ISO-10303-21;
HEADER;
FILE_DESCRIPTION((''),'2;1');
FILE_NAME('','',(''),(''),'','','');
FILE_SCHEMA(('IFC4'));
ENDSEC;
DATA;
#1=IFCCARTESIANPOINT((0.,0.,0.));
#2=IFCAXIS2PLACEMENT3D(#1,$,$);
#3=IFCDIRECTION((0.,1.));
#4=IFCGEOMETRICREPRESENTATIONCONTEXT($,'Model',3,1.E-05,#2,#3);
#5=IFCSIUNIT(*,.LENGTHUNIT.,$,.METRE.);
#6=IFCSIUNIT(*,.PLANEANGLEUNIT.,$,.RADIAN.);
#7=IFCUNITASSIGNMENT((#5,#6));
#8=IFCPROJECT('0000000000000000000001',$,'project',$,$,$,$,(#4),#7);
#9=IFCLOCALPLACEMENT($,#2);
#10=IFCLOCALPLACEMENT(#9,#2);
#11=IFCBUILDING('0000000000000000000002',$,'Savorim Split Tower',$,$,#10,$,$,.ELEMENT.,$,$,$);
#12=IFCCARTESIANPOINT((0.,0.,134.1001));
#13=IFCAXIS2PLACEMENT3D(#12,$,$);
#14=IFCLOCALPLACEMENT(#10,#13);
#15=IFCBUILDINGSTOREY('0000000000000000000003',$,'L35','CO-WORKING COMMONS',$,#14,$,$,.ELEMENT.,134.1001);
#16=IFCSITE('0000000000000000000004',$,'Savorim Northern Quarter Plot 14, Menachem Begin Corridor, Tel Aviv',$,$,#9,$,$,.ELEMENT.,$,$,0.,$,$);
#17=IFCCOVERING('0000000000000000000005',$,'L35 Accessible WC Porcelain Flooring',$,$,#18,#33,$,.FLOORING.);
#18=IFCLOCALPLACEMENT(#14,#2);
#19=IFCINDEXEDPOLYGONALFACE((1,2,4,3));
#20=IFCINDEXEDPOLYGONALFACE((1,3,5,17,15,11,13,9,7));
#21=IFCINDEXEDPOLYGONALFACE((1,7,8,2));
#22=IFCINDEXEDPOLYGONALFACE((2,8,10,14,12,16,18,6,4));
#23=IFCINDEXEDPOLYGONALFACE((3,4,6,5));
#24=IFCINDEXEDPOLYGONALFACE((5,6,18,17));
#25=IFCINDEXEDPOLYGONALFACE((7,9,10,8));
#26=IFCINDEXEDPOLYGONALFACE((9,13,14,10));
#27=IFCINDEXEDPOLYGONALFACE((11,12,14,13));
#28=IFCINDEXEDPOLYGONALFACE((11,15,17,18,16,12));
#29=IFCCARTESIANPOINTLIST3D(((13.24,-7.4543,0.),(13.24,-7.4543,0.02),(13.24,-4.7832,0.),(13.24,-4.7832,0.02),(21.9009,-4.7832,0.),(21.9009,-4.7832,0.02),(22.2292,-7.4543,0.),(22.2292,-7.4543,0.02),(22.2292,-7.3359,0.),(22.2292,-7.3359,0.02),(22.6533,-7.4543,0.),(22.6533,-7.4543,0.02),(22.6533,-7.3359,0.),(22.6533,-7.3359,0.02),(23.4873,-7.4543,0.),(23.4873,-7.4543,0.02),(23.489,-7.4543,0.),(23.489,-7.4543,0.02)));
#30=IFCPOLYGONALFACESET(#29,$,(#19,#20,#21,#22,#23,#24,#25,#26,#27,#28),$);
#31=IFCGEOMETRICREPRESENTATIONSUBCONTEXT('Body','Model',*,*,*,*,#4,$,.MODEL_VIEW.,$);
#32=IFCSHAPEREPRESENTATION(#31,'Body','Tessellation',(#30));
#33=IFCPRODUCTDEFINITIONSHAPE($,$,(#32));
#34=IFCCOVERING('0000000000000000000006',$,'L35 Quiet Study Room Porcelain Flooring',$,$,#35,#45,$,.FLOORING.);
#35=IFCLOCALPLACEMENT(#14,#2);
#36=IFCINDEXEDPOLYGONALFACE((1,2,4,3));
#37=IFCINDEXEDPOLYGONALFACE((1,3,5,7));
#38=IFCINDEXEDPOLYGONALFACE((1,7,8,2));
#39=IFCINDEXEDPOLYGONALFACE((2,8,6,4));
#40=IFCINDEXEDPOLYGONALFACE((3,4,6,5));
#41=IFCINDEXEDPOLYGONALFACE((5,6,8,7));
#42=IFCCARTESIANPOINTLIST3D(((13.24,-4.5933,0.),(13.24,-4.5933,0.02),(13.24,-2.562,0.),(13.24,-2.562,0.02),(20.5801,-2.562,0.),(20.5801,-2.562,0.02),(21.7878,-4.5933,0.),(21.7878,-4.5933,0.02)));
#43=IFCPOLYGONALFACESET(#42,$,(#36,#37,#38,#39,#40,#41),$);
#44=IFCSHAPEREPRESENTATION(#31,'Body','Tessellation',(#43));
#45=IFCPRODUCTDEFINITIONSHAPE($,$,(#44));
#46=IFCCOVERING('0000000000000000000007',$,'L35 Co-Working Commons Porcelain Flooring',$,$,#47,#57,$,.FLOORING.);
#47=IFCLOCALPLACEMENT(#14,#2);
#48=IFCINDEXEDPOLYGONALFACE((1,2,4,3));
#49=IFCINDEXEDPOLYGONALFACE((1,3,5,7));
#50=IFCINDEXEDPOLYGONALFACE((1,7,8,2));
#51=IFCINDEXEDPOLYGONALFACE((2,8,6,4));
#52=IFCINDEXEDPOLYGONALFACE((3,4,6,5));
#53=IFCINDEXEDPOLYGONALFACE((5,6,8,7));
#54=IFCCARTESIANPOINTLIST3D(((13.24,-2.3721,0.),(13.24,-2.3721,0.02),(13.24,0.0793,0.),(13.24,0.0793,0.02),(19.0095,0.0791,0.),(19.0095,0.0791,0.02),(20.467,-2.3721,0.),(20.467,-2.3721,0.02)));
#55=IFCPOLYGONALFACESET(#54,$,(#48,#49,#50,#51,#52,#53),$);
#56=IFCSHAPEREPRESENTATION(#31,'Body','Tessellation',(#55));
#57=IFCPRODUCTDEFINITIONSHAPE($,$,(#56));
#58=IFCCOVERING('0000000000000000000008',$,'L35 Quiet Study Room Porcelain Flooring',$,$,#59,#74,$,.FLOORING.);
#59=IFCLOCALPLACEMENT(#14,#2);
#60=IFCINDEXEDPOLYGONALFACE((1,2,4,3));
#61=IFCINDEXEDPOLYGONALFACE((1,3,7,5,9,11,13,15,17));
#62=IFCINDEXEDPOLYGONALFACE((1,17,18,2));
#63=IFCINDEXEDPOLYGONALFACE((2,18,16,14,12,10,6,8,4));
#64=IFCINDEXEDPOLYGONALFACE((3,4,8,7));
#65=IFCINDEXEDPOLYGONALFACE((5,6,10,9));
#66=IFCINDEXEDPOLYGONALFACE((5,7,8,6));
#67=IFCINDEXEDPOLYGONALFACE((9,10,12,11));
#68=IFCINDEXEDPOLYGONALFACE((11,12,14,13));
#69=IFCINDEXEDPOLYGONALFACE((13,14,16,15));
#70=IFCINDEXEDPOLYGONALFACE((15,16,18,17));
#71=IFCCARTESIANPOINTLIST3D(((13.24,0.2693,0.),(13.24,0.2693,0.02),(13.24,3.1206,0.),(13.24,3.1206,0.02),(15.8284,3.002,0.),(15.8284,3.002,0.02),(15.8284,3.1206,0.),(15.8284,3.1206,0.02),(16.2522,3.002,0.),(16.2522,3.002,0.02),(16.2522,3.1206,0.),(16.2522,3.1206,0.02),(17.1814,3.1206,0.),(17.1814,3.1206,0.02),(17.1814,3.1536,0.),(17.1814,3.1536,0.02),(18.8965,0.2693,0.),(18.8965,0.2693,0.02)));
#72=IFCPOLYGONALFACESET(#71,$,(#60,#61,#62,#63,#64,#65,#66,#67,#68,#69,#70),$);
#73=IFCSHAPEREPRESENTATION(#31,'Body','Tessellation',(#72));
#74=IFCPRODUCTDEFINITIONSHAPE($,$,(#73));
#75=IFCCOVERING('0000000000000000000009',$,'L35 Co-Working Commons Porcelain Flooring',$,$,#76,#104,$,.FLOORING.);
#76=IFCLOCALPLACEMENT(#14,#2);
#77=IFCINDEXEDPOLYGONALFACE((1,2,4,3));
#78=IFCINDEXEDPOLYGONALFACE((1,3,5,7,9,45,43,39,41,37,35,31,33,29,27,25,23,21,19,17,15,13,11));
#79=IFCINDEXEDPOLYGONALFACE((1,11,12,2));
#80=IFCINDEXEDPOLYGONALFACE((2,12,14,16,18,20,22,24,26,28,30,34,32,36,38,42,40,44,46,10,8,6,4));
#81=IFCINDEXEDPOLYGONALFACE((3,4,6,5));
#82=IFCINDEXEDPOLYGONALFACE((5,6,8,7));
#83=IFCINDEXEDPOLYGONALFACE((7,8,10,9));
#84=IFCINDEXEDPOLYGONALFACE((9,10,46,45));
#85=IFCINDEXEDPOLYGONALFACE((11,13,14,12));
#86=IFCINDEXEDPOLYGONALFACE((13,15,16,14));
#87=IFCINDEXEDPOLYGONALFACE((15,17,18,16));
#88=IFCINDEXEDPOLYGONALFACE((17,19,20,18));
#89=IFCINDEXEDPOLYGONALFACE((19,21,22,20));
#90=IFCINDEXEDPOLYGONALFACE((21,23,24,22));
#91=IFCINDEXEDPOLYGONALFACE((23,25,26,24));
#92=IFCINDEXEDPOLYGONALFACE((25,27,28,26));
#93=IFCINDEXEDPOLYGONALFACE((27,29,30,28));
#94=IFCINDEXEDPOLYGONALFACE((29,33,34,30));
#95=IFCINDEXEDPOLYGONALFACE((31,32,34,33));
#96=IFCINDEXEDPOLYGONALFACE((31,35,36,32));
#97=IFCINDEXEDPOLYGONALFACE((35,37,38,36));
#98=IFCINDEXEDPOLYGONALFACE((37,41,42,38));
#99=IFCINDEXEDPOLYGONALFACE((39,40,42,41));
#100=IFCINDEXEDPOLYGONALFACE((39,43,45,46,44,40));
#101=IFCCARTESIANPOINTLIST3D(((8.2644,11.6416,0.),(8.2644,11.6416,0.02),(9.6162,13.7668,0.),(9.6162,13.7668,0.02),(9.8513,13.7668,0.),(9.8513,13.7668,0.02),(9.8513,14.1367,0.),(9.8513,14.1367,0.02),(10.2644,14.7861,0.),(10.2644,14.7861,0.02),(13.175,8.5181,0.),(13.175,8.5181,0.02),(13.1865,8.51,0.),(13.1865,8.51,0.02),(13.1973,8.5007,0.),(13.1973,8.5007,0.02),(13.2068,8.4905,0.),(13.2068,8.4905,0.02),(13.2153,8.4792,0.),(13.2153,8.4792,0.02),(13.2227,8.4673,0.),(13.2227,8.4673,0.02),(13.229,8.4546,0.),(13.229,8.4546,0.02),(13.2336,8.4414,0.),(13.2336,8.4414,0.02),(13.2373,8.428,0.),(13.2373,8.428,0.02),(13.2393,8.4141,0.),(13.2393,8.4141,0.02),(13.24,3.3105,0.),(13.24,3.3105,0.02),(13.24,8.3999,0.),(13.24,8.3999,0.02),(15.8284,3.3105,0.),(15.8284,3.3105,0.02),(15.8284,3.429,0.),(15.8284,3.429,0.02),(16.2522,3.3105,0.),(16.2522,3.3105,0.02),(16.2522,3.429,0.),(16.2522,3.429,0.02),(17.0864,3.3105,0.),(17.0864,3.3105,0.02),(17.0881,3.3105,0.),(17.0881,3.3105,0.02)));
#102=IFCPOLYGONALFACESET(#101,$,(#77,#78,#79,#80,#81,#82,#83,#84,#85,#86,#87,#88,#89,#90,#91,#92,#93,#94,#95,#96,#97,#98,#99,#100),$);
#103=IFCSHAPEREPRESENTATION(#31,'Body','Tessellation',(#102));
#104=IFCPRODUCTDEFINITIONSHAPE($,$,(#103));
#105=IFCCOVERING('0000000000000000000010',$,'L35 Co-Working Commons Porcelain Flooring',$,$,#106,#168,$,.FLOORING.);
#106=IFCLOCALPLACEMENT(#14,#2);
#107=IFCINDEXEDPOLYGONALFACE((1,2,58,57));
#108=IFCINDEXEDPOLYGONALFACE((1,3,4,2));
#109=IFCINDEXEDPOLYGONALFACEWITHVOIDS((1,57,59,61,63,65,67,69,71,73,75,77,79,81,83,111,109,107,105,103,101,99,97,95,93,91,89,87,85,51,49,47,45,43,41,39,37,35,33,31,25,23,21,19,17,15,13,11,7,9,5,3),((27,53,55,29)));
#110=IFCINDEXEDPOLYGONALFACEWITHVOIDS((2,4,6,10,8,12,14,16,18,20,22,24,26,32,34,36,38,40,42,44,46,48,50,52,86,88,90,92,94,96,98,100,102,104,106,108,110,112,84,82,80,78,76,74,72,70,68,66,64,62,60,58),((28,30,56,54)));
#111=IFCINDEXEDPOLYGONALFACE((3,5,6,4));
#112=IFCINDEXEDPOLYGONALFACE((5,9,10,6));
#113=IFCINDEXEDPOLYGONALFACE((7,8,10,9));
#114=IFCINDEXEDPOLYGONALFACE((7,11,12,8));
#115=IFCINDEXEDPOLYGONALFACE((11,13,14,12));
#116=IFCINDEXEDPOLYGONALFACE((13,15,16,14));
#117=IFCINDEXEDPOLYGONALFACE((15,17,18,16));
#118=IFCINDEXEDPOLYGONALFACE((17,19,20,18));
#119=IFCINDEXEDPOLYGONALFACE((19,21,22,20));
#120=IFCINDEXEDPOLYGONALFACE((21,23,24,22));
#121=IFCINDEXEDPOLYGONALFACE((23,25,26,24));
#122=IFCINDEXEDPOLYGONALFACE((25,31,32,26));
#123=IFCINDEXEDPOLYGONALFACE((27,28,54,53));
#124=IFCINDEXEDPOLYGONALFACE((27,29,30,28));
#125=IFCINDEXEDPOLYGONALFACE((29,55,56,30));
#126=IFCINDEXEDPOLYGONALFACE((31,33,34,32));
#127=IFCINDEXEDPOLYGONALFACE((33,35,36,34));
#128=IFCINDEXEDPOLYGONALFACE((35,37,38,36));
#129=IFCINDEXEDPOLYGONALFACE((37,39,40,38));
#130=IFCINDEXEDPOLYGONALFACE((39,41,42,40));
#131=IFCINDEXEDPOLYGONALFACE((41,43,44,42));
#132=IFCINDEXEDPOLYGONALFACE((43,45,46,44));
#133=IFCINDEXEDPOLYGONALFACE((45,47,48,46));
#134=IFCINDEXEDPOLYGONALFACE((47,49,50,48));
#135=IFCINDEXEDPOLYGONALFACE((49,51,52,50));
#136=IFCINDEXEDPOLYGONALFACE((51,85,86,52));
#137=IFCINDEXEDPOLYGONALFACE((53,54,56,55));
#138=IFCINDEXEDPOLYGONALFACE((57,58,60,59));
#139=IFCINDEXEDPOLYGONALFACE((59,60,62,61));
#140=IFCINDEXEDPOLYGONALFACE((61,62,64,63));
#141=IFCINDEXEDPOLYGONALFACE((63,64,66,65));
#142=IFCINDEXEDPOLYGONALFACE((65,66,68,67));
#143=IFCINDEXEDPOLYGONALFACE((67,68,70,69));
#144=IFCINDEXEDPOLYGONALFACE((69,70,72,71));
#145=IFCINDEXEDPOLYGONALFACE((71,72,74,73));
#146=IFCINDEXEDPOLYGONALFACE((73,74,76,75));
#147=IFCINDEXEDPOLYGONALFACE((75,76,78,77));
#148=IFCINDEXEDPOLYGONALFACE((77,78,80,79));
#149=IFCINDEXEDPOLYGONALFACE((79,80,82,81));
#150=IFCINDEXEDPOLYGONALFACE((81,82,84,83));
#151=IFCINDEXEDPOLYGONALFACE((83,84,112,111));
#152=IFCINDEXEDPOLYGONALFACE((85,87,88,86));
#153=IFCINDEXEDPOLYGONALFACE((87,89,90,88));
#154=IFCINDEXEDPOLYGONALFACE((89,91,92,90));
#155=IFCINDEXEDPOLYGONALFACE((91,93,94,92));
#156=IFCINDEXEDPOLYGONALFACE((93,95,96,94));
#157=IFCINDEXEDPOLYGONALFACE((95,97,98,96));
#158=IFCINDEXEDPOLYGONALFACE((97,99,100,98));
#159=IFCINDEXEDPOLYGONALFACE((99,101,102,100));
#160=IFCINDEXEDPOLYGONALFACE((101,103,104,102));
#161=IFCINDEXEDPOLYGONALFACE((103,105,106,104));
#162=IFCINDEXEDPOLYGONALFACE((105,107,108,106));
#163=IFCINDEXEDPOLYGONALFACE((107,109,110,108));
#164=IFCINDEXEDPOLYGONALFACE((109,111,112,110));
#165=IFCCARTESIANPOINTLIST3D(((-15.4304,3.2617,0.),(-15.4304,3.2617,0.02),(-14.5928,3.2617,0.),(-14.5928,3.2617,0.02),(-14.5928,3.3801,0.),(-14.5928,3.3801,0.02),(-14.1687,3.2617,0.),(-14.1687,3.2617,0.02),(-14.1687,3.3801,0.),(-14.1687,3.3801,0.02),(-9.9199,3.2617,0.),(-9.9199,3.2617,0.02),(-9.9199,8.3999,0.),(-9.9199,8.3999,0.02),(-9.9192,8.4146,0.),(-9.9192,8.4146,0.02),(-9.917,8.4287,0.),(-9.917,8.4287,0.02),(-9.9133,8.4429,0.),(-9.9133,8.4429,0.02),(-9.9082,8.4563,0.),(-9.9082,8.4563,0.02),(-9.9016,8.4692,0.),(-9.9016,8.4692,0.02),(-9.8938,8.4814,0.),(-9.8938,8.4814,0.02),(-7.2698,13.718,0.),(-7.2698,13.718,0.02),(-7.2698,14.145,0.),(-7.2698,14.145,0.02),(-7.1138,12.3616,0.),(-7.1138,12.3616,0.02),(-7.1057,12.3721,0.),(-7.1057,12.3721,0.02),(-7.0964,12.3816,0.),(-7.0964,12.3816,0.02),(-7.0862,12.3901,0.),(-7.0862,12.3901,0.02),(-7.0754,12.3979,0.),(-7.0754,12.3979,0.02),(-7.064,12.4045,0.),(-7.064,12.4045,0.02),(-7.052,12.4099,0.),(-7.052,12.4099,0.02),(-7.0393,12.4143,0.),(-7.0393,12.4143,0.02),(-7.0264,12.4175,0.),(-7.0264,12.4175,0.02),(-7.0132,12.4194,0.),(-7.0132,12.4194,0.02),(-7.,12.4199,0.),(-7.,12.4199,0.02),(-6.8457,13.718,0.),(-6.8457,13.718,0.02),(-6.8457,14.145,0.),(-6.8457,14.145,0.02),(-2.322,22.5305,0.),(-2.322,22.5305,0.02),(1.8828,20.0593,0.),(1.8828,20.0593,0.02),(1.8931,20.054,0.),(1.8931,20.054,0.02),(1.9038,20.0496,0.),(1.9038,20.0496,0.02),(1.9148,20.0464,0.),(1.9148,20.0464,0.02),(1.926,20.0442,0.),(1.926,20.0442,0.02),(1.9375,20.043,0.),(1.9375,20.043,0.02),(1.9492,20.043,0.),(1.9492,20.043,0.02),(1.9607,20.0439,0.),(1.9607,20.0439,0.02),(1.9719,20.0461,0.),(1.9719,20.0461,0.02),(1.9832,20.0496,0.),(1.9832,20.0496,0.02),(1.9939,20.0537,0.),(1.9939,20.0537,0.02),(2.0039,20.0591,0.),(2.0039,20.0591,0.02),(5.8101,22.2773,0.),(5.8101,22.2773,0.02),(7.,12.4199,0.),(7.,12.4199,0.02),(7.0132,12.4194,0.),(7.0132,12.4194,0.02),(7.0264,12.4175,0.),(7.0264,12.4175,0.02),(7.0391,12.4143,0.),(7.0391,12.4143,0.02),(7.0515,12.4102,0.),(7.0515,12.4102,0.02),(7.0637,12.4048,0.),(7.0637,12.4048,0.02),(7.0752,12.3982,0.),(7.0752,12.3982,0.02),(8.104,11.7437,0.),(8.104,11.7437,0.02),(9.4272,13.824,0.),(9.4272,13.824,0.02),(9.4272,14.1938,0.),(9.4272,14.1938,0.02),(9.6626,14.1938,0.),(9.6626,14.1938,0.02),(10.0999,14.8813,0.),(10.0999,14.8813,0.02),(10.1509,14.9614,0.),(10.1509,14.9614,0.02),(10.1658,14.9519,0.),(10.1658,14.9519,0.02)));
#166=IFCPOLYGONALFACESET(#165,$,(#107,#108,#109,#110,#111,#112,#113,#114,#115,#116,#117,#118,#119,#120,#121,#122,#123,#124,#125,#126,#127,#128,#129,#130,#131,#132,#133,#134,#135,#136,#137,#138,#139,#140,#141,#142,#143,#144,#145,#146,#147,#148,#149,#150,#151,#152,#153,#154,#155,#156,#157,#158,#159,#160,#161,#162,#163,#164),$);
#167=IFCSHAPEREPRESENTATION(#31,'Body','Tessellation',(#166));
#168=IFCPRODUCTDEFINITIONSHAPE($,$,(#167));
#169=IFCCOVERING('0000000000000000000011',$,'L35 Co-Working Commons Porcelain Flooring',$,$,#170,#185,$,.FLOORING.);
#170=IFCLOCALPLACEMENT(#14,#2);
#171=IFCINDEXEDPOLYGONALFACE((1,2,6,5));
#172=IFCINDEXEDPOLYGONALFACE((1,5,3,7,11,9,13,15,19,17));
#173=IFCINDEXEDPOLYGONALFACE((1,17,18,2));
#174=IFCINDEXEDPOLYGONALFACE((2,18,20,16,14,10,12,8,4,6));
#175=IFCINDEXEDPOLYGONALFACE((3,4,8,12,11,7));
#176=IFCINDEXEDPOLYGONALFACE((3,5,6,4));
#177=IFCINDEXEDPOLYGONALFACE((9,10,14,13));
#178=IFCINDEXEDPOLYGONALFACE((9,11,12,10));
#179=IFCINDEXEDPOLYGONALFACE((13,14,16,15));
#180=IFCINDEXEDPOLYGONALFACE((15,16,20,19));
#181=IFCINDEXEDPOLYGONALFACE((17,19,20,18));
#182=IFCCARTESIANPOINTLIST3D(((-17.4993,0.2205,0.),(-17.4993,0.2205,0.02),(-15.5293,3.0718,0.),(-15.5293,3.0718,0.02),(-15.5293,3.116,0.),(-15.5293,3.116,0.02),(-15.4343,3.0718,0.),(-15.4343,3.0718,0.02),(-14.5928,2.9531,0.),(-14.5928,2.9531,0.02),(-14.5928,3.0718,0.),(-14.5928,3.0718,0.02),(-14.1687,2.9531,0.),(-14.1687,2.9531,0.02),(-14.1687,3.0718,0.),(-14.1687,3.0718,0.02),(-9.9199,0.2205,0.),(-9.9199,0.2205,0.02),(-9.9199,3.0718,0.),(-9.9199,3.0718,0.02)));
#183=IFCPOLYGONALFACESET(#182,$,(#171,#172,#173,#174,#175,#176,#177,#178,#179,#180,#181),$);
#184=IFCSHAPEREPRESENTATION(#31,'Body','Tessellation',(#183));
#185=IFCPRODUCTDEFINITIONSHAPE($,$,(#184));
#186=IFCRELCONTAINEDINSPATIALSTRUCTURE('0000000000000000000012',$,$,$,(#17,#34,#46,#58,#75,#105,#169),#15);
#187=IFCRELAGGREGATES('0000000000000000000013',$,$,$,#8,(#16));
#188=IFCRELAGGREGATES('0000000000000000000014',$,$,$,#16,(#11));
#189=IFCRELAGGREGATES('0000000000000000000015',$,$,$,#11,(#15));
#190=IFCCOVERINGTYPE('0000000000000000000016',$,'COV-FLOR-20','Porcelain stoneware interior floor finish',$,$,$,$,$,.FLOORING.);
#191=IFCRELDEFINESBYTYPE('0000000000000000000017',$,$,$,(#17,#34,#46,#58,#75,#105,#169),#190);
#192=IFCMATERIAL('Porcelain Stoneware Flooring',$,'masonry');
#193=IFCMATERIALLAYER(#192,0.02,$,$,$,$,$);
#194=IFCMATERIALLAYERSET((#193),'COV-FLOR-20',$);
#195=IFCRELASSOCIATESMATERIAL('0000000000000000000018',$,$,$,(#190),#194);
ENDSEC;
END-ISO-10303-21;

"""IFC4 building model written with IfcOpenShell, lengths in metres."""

from ifc_helpers import new_model, si_unit, direction, frame, origin, place, context, subcontext, project, spatial, polyline, outline, extrude, material, layer, layer_set, type_object, element, save


model = new_model("IFC4")

# Units and contexts
model_context = context("Model", 3, precision=1e-05, world=origin(), true_north=direction((0.0, 1.0)))
body_context = subcontext(model_context, "Body", "Model", "MODEL_VIEW")
ifc_project = project(units=[si_unit("LENGTHUNIT", "METRE"), si_unit("PLANEANGLEUNIT", "RADIAN")], contexts=[model_context])

# Site, building, storey
site_placement = place(None, origin())
site = spatial("IfcSite", under=ifc_project, at=site_placement, Name="Savorim Northern Quarter Plot 14, Menachem Begin Corridor, Tel Aviv", CompositionType="ELEMENT", RefElevation=0.0)
building_placement = place(site_placement, origin())
building = spatial("IfcBuilding", under=site, at=building_placement, Name="Savorim Split Tower", CompositionType="ELEMENT")
storey_placement = place(building_placement, frame((0.0, 0.0, 134.1001)))
storey = spatial("IfcBuildingStorey", under=building, at=storey_placement, Name="L35", Description="CO-WORKING COMMONS", CompositionType="ELEMENT", Elevation=134.1001)

# Coverings
ifc_material_1 = material(Name="Porcelain Stoneware Flooring", Category="masonry")
ifc_layer_1 = layer(ifc_material_1, 0.02)
ifc_layer_set_1 = layer_set([ifc_layer_1], Name="COV-FLOR-20")
covering_type_1 = type_object("IfcCoveringType", Name="COV-FLOR-20", Description="Porcelain stoneware interior floor finish", PredefinedType="FLOORING", material=ifc_layer_set_1)
covering_1_placement = place(storey_placement, origin())
element("IfcCovering", 1, at=covering_1_placement, inside=storey, type_object=covering_type_1, Name="L35 Accessible WC Porcelain Flooring", PredefinedType="FLOORING", context=body_context, shape_type="SweptSolid", body=[
    extrude(outline(polyline([(22.6533, -7.3359), (22.6533, -7.4543), (23.4873, -7.4543), (23.489, -7.4543), (21.9009, -4.7832), (13.24, -4.7832), (13.24, -7.4543), (22.2292, -7.4543), (22.2292, -7.3359), (22.6533, -7.3359)])), origin(), (0.0, 0.0, 1.0), 0.02),
])
covering_2_placement = place(storey_placement, origin())
element("IfcCovering", 2, at=covering_2_placement, inside=storey, type_object=covering_type_1, Name="L35 Quiet Study Room Porcelain Flooring", PredefinedType="FLOORING", context=body_context, shape_type="SweptSolid", body=[
    extrude(outline(polyline([(21.7878, -4.5933), (20.5801, -2.562), (13.24, -2.562), (13.24, -4.5933), (21.7878, -4.5933)])), origin(), (0.0, 0.0, 1.0), 0.02),
])
covering_3_placement = place(storey_placement, origin())
element("IfcCovering", 3, at=covering_3_placement, inside=storey, type_object=covering_type_1, Name="L35 Co-Working Commons Porcelain Flooring", PredefinedType="FLOORING", context=body_context, shape_type="SweptSolid", body=[
    extrude(outline(polyline([(20.467, -2.3721), (19.0095, 0.0791), (13.24, 0.0793), (13.24, -2.3721), (20.467, -2.3721)])), origin(), (0.0, 0.0, 1.0), 0.02),
])
covering_4_placement = place(storey_placement, origin())
element("IfcCovering", 4, at=covering_4_placement, inside=storey, type_object=covering_type_1, Name="L35 Quiet Study Room Porcelain Flooring", PredefinedType="FLOORING", context=body_context, shape_type="SweptSolid", body=[
    extrude(outline(polyline([(15.8284, 3.002), (15.8284, 3.1206), (13.24, 3.1206), (13.24, 0.2693), (18.8965, 0.2693), (17.1814, 3.1536), (17.1814, 3.1206), (16.2522, 3.1206), (16.2522, 3.002), (15.8284, 3.002)])), origin(), (0.0, 0.0, 1.0), 0.02),
])
covering_5_placement = place(storey_placement, origin())
element("IfcCovering", 5, at=covering_5_placement, inside=storey, type_object=covering_type_1, Name="L35 Co-Working Commons Porcelain Flooring", PredefinedType="FLOORING", context=body_context, shape_type="SweptSolid", body=[
    extrude(outline(polyline([(16.2522, 3.429), (16.2522, 3.3105), (17.0864, 3.3105), (17.0881, 3.3105), (10.2644, 14.7861), (9.8513, 14.1367), (9.8513, 13.7668), (9.6162, 13.7668), (8.2644, 11.6416), (8.2644, 11.6416), (13.175, 8.5181), (13.1865, 8.51), (13.1973, 8.5007), (13.2068, 8.4905), (13.2153, 8.4792), (13.2227, 8.4673), (13.229, 8.4546), (13.2336, 8.4414), (13.2373, 8.428), (13.2393, 8.4141), (13.24, 8.3999), (13.24, 3.3105), (15.8284, 3.3105), (15.8284, 3.429), (16.2522, 3.429)])), origin(), (0.0, 0.0, 1.0), 0.02),
])
covering_6_placement = place(storey_placement, origin())
element("IfcCovering", 6, at=covering_6_placement, inside=storey, type_object=covering_type_1, Name="L35 Co-Working Commons Porcelain Flooring", PredefinedType="FLOORING", context=body_context, shape_type="SweptSolid", body=[
    extrude(outline(polyline([(1.9038, 20.0496), (1.8931, 20.054), (1.8828, 20.0593), (-2.322, 22.5305), (-15.4304, 3.2617), (-14.5928, 3.2617), (-14.5928, 3.3801), (-14.1687, 3.3801), (-14.1687, 3.2617), (-9.9199, 3.2617), (-9.9199, 8.3999), (-9.9192, 8.4146), (-9.917, 8.4287), (-9.9133, 8.4429), (-9.9082, 8.4563), (-9.9016, 8.4692), (-9.8938, 8.4814), (-7.1138, 12.3616), (-7.1057, 12.3721), (-7.0964, 12.3816), (-7.0862, 12.3901), (-7.0754, 12.3979), (-7.064, 12.4045), (-7.052, 12.4099), (-7.0393, 12.4143), (-7.0264, 12.4175), (-7.0132, 12.4194), (-7.0, 12.4199), (7.0, 12.4199), (7.0132, 12.4194), (7.0264, 12.4175), (7.0391, 12.4143), (7.0515, 12.4102), (7.0637, 12.4048), (7.0752, 12.3982), (8.104, 11.7437), (9.4272, 13.824), (9.4272, 14.1938), (9.6626, 14.1938), (10.0999, 14.8813), (10.1509, 14.9614), (10.1658, 14.9519), (5.8101, 22.2773), (2.0039, 20.0591), (1.9939, 20.0537), (1.9832, 20.0496), (1.9719, 20.0461), (1.9607, 20.0439), (1.9492, 20.043), (1.9375, 20.043), (1.926, 20.0442), (1.9148, 20.0464), (1.9038, 20.0496)]), holes=[polyline([(-6.8457, 14.145), (-7.2698, 14.145), (-7.2698, 13.718), (-6.8457, 13.718), (-6.8457, 14.145)])]), origin(), (0.0, 0.0, 1.0), 0.02),
])
covering_7_placement = place(storey_placement, origin())
element("IfcCovering", 7, at=covering_7_placement, inside=storey, type_object=covering_type_1, Name="L35 Co-Working Commons Porcelain Flooring", PredefinedType="FLOORING", context=body_context, shape_type="SweptSolid", body=[
    extrude(outline(polyline([(-14.5928, 3.0718), (-15.4343, 3.0718), (-15.5293, 3.0718), (-15.5293, 3.116), (-17.4993, 0.2205), (-9.9199, 0.2205), (-9.9199, 3.0718), (-14.1687, 3.0718), (-14.1687, 2.9531), (-14.5928, 2.9531), (-14.5928, 3.0718)])), origin(), (0.0, 0.0, 1.0), 0.02),
])

save(model, "model.ifc")
